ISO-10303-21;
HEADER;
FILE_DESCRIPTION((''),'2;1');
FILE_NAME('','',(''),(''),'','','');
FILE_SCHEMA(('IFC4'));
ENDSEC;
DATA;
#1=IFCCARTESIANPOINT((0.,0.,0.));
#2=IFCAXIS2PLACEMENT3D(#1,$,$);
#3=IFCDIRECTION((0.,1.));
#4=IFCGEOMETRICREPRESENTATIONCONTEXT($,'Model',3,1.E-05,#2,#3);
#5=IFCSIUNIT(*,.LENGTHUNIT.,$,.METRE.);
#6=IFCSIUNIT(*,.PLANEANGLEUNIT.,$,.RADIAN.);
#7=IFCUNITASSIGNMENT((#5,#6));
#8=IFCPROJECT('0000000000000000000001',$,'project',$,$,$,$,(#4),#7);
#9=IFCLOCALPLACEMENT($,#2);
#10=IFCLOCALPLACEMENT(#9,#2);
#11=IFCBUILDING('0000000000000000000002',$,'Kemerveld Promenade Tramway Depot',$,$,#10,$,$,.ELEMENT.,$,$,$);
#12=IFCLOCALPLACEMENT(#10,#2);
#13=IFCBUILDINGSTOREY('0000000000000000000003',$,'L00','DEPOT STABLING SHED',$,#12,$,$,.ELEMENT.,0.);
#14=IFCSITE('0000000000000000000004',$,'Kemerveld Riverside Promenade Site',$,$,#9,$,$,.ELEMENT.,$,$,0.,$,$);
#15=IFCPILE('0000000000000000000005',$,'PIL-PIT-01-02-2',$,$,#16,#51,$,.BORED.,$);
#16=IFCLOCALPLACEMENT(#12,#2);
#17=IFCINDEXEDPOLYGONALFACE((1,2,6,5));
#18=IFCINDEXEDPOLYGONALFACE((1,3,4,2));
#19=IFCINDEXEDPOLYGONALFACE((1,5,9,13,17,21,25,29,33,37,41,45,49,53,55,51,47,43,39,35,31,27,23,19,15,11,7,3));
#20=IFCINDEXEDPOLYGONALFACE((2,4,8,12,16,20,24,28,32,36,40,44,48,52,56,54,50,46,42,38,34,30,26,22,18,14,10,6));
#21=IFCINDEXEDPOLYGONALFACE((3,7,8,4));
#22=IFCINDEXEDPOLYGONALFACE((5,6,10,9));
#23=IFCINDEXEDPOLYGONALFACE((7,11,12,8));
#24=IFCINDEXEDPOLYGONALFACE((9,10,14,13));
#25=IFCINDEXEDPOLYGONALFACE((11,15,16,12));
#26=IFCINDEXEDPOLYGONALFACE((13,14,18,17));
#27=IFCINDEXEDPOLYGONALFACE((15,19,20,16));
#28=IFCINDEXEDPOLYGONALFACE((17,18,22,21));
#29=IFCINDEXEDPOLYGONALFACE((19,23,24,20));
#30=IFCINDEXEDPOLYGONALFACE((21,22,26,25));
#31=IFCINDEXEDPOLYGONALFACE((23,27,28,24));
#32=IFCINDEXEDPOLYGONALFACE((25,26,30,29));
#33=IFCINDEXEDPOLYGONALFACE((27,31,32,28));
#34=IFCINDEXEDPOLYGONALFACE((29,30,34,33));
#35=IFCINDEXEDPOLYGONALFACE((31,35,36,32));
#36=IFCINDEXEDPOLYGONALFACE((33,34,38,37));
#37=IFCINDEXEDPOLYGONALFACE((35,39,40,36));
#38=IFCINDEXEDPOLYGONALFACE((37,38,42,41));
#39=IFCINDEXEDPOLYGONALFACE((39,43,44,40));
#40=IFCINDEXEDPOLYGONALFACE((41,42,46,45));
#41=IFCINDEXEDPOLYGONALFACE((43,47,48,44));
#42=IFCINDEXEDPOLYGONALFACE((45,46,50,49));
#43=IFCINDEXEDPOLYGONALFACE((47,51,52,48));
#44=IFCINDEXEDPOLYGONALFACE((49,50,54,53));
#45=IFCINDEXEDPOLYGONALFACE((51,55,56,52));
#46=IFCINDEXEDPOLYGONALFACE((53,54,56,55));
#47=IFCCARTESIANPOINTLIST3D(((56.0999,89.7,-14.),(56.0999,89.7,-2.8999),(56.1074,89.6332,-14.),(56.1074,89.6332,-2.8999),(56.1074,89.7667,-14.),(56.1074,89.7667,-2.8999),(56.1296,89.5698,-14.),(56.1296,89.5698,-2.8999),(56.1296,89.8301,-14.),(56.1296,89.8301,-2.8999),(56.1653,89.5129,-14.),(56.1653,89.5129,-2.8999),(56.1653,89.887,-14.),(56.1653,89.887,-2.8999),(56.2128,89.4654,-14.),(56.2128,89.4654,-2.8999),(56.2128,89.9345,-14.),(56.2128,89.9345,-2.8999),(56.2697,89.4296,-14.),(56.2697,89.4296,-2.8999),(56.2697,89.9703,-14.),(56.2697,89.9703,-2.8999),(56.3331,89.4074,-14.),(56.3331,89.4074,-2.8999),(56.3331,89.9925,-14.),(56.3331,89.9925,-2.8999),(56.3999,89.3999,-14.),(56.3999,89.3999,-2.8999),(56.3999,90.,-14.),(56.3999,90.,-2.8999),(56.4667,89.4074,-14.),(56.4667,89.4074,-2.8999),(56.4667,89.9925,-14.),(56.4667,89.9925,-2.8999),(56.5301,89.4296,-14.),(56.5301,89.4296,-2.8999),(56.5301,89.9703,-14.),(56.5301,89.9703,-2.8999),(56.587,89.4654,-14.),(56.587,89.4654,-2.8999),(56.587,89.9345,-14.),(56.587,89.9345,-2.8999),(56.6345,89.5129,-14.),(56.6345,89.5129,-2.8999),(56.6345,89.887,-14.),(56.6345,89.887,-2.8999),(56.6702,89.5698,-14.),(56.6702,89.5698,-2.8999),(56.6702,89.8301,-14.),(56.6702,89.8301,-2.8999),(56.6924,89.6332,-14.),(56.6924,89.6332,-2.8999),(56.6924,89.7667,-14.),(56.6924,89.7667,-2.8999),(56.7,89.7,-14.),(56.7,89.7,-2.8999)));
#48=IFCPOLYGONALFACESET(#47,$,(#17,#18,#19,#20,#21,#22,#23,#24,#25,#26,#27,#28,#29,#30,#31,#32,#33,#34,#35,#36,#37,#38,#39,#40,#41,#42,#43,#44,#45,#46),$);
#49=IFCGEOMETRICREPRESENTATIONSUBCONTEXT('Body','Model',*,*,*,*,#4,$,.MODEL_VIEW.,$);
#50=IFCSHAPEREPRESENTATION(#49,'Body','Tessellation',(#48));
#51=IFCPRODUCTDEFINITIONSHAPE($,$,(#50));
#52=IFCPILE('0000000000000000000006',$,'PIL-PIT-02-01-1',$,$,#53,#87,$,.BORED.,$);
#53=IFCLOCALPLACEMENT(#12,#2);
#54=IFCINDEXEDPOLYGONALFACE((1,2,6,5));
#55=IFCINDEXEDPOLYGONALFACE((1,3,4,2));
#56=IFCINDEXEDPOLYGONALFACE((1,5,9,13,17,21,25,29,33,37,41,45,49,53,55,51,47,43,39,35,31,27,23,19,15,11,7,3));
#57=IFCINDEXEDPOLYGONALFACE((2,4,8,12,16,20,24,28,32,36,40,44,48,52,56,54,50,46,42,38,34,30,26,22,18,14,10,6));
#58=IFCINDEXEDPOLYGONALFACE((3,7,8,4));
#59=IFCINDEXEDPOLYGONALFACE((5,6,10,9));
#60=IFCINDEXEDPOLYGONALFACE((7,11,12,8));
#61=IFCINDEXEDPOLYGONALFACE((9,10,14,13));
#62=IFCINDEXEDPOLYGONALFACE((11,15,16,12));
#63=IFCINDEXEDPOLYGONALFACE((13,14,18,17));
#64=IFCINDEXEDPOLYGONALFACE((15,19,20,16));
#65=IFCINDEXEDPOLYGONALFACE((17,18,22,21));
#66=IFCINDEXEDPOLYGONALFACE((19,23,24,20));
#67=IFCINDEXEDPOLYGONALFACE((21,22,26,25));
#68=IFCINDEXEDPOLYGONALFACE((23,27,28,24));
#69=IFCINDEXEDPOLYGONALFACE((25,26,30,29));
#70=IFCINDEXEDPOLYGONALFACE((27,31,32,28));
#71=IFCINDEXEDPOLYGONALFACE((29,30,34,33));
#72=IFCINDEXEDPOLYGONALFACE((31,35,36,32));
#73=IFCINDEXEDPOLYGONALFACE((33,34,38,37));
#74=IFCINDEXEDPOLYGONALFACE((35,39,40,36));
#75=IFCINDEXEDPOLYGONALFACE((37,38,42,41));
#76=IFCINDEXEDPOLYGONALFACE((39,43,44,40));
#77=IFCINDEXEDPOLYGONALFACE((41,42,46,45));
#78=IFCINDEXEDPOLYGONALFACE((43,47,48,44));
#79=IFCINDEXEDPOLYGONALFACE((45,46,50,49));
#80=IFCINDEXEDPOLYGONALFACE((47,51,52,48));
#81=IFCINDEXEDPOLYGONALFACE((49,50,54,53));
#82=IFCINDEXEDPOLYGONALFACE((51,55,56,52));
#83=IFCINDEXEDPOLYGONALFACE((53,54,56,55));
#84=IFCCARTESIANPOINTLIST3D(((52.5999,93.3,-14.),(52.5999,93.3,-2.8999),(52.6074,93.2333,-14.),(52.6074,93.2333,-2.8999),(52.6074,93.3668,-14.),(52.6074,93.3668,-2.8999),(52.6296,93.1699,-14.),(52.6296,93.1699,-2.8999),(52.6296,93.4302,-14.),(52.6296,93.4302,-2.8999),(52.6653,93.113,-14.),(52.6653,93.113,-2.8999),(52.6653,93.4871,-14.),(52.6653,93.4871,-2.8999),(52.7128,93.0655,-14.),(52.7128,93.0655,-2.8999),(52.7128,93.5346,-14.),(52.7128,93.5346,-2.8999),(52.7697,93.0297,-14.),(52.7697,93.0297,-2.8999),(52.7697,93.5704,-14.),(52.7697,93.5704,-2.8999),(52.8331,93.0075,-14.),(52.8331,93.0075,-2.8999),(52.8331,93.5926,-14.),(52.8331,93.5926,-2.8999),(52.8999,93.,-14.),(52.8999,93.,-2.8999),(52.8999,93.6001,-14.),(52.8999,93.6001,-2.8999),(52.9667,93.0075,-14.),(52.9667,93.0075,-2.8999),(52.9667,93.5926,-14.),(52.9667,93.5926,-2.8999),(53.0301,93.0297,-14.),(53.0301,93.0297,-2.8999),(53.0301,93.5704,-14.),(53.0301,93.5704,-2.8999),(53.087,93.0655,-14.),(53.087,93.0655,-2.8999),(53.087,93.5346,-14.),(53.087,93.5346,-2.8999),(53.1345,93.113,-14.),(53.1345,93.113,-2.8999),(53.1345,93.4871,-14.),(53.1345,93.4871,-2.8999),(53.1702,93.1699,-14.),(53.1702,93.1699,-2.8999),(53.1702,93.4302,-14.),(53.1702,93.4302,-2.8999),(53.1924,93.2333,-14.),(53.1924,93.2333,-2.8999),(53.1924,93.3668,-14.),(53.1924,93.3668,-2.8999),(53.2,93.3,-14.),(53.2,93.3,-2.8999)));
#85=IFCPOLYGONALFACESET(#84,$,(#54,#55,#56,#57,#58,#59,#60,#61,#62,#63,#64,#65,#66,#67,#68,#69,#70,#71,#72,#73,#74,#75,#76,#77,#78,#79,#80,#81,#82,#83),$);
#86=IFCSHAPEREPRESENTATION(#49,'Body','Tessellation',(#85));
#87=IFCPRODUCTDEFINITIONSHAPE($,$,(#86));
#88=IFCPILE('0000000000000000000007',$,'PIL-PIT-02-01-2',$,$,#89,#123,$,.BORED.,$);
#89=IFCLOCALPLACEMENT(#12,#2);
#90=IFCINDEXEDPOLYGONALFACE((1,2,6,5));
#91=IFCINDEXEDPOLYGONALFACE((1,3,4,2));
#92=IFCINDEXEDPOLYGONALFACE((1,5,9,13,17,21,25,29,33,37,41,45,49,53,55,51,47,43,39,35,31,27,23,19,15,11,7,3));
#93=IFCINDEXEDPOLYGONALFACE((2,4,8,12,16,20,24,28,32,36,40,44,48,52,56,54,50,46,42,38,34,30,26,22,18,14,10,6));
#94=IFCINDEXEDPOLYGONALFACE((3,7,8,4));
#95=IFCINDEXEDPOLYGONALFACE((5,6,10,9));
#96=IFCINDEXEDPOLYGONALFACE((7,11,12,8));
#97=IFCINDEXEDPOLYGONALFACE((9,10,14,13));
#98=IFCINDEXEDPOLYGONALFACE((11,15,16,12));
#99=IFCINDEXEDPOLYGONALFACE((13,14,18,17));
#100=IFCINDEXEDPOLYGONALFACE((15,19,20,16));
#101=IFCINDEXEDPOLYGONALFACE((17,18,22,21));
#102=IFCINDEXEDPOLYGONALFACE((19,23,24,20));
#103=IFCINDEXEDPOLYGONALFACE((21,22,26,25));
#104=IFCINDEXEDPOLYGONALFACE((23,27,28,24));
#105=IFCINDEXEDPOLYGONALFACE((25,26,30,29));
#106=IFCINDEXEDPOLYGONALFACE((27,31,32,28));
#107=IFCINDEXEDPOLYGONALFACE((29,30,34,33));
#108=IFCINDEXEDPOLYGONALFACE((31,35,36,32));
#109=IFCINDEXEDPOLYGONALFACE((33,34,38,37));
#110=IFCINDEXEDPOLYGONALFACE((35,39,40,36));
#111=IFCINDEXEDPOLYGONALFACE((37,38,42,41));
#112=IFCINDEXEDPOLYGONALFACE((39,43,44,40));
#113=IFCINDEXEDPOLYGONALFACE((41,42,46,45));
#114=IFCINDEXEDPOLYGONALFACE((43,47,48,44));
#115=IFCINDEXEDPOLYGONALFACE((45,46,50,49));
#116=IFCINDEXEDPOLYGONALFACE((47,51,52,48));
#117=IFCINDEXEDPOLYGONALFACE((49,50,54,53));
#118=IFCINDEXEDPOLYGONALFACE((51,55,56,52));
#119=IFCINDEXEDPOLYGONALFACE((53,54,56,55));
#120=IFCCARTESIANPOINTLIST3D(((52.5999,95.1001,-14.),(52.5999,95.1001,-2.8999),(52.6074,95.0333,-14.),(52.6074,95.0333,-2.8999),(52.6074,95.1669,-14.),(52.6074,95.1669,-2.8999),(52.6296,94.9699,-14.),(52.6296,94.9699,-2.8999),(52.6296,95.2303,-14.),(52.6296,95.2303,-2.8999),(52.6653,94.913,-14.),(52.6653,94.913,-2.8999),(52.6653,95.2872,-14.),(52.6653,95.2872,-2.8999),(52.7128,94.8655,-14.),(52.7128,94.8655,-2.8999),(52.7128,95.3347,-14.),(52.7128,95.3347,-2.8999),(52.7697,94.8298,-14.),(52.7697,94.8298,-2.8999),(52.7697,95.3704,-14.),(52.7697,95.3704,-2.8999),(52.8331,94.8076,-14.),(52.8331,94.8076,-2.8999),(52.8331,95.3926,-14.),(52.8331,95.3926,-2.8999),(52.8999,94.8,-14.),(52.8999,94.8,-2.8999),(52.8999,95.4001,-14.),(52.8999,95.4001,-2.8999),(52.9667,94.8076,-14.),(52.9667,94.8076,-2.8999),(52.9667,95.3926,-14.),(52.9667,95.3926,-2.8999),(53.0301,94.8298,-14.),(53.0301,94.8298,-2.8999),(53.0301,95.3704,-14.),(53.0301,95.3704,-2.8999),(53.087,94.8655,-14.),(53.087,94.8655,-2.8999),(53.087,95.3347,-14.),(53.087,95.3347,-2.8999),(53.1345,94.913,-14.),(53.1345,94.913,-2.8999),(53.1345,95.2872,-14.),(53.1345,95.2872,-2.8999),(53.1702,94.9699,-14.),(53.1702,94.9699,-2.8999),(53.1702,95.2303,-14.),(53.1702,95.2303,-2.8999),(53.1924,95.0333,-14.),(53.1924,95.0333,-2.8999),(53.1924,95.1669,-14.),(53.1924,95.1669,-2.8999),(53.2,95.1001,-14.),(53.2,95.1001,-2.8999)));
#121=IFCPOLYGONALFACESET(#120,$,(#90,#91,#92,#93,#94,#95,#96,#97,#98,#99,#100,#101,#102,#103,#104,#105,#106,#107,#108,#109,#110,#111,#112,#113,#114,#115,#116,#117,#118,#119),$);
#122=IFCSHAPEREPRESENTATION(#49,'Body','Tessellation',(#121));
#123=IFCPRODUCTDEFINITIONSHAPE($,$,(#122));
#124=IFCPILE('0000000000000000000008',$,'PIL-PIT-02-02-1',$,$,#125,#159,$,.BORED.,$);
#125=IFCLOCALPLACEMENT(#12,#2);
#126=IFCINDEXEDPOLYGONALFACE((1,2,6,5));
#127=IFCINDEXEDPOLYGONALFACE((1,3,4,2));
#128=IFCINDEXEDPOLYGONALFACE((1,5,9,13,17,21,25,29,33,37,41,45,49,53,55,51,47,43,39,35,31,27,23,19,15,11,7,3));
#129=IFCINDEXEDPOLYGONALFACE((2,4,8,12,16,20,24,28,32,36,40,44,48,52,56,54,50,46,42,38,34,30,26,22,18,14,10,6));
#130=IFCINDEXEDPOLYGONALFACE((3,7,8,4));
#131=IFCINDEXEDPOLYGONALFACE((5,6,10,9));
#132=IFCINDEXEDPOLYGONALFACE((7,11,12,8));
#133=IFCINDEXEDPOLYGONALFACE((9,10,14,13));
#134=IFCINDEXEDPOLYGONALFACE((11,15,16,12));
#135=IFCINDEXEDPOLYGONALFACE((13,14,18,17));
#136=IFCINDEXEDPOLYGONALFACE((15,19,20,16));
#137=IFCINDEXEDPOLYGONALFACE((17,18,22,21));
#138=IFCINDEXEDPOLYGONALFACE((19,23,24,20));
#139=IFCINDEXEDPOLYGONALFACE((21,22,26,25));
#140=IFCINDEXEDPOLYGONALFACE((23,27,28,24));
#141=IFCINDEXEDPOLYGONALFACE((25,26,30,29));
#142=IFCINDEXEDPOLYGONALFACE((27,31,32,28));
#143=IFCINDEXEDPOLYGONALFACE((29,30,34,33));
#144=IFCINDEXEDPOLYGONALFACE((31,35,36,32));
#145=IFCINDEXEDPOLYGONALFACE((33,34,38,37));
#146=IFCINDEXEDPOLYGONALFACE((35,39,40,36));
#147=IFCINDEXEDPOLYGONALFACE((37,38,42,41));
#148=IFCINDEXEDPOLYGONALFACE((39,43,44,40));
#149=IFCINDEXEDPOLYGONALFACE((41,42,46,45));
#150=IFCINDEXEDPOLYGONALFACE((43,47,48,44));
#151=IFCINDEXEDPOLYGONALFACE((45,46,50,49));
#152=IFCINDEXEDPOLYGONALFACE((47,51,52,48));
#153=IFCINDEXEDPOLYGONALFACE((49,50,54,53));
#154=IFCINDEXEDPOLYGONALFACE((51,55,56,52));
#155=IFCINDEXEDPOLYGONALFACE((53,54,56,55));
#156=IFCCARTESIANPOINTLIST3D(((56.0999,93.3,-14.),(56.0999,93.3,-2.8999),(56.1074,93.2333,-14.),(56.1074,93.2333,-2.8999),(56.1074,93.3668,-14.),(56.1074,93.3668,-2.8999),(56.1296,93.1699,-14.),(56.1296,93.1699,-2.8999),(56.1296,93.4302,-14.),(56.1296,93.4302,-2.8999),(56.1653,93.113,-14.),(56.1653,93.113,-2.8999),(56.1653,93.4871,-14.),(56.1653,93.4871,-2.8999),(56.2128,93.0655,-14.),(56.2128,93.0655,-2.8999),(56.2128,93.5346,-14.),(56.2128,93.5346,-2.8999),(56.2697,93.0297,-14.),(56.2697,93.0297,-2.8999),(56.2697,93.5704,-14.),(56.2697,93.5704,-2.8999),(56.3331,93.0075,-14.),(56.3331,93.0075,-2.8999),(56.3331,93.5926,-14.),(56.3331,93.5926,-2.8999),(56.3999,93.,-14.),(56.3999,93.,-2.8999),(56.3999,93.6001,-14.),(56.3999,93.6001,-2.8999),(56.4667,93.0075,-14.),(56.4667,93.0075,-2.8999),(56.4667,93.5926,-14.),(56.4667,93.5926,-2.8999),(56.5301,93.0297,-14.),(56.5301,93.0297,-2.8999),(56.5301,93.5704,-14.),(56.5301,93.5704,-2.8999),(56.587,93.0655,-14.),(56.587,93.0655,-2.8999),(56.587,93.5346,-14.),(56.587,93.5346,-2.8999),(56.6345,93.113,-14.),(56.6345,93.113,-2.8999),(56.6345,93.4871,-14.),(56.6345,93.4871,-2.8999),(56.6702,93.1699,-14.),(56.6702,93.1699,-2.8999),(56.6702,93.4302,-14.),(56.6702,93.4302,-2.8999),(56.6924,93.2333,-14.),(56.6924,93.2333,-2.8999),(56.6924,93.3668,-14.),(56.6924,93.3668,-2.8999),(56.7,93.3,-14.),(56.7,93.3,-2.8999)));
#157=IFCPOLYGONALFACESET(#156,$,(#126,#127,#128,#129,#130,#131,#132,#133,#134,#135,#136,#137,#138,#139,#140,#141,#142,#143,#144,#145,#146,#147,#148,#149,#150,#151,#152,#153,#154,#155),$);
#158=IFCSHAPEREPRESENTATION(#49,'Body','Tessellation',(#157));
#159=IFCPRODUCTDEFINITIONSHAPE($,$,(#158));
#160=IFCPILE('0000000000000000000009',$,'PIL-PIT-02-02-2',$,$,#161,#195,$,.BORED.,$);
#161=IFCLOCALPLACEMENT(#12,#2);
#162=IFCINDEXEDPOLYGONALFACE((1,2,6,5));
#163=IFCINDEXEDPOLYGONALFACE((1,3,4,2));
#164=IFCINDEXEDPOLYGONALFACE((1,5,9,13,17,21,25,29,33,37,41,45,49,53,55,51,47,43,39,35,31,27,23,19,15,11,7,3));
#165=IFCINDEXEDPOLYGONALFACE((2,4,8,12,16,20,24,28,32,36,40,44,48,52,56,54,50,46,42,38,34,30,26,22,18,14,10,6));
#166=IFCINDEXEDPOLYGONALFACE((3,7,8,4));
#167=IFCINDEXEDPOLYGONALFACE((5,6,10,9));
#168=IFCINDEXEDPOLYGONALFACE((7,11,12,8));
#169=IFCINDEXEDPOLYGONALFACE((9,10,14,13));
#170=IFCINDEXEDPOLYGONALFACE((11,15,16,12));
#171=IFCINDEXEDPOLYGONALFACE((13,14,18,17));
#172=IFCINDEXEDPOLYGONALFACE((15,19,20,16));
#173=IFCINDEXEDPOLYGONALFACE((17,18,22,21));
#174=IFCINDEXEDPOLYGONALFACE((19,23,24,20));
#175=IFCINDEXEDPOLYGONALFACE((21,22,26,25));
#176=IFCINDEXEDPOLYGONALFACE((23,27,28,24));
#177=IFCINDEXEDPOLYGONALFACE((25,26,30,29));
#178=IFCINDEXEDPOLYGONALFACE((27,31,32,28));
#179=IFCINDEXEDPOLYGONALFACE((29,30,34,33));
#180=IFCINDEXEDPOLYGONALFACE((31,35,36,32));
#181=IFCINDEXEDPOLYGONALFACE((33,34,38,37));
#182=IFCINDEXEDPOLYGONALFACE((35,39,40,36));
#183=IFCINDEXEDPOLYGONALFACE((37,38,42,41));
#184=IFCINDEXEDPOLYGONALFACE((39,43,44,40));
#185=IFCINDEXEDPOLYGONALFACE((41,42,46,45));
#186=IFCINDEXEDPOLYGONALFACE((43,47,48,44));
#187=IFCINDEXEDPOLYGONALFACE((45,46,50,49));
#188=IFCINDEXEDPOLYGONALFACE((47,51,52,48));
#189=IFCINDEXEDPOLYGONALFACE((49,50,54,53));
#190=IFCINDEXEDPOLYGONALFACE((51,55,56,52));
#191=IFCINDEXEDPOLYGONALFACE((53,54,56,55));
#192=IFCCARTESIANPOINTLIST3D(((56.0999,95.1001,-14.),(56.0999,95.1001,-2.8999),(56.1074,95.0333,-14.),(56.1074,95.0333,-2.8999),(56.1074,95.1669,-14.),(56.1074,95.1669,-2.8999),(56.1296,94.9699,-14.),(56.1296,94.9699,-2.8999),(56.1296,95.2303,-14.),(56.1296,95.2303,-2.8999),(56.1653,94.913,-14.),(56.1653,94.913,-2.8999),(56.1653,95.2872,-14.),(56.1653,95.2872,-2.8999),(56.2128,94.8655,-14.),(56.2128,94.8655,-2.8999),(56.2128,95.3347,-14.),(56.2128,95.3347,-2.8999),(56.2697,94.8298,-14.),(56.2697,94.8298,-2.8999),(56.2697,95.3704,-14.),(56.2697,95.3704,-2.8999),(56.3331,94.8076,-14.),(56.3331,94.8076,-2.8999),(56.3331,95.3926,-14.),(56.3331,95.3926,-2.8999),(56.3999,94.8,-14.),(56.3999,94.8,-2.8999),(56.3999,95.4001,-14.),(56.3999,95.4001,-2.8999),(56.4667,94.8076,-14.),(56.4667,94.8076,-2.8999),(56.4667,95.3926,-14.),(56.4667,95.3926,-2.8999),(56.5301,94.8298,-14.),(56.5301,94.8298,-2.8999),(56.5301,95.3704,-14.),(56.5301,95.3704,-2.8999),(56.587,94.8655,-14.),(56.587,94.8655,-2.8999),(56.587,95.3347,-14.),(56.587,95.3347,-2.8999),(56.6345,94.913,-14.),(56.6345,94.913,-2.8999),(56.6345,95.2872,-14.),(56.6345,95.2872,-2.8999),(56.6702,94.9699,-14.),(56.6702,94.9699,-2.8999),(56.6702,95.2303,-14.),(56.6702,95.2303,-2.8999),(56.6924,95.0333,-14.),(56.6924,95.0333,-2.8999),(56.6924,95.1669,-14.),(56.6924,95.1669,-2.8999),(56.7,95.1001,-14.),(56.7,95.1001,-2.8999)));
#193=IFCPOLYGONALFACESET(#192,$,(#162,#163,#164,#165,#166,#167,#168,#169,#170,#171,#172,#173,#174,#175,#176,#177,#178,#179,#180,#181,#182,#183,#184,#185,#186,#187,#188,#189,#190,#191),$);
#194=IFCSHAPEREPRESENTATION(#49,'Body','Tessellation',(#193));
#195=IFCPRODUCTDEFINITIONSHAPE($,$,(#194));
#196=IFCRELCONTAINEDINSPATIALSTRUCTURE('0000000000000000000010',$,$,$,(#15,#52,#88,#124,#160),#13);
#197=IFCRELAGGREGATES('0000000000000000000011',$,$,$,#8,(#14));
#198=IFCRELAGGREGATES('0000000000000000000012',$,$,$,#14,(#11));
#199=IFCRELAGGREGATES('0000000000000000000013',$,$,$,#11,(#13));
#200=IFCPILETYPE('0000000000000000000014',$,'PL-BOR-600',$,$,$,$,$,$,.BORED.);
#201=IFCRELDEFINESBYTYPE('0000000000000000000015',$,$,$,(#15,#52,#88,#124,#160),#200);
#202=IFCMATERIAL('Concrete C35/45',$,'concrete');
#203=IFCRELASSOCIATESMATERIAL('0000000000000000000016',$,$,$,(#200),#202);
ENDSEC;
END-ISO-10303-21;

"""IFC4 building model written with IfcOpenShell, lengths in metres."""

from ifc_helpers import new_model, si_unit, direction, frame, origin, origin_2d, place, context, subcontext, project, spatial, circle, extrude, material, material_profile, profile_set, type_object, element, save


model = new_model("IFC4")

# Units and contexts
model_context = context("Model", 3, precision=1e-05, world=origin(), true_north=direction((0.0, 1.0)))
body_context = subcontext(model_context, "Body", "Model", "MODEL_VIEW")
ifc_project = project(units=[si_unit("LENGTHUNIT", "METRE"), si_unit("PLANEANGLEUNIT", "RADIAN")], contexts=[model_context])

# Site, building, storey
site_placement = place(None, origin())
site = spatial("IfcSite", under=ifc_project, at=site_placement, Name="Kemerveld Riverside Promenade Site", CompositionType="ELEMENT", RefElevation=0.0)
building_placement = place(site_placement, origin())
building = spatial("IfcBuilding", under=site, at=building_placement, Name="Kemerveld Promenade Tramway Depot", CompositionType="ELEMENT")
storey_placement = place(building_placement, origin())
storey = spatial("IfcBuildingStorey", under=building, at=storey_placement, Name="L00", Description="DEPOT STABLING SHED", CompositionType="ELEMENT", Elevation=0.0)

# Shared definitions
ifc_material_1 = material(Name="Concrete C35/45", Category="concrete")

# Piles
ifc_material_profile_1 = material_profile(ifc_material_1, circle(Radius=0.3, at=origin_2d()), Name="PILE-D600")
ifc_profile_set_1 = profile_set([ifc_material_profile_1], Name="Concrete C35/45")
pile_type_1 = type_object("IfcPileType", Name="PL-BOR-600", PredefinedType="BORED", material=ifc_profile_set_1)
for number, where, z_axis, x_axis, name in (
    (1, (56.3999, 89.7, -2.8999), (0.0, 0.0, -1.0), (1.0, 0.0, 0.0), "PIL-PIT-01-02-2"),
    (2, (52.8999, 93.3, -2.8999), (0.0, 0.0, -1.0), (1.0, 0.0, 0.0), "PIL-PIT-02-01-1"),
    (3, (52.8999, 95.1001, -2.8999), (0.0, 0.0, -1.0), (1.0, 0.0, 0.0), "PIL-PIT-02-01-2"),
    (4, (56.3999, 93.3, -2.8999), (0.0, 0.0, -1.0), (1.0, 0.0, 0.0), "PIL-PIT-02-02-1"),
    (5, (56.3999, 95.1001, -2.8999), (0.0, 0.0, -1.0), (1.0, 0.0, 0.0), "PIL-PIT-02-02-2"),
):
    element("IfcPile", number, at=place(storey_placement, frame(where, z_axis=z_axis, x_axis=x_axis)), inside=storey, type_object=pile_type_1, Name=name, PredefinedType="BORED", context=body_context, shape_type="SweptSolid", body=[
        extrude(circle(Radius=0.3, at=origin_2d()), origin(), (0.0, 0.0, 1.0), 11.1001),
    ])

save(model, "model.ifc")
